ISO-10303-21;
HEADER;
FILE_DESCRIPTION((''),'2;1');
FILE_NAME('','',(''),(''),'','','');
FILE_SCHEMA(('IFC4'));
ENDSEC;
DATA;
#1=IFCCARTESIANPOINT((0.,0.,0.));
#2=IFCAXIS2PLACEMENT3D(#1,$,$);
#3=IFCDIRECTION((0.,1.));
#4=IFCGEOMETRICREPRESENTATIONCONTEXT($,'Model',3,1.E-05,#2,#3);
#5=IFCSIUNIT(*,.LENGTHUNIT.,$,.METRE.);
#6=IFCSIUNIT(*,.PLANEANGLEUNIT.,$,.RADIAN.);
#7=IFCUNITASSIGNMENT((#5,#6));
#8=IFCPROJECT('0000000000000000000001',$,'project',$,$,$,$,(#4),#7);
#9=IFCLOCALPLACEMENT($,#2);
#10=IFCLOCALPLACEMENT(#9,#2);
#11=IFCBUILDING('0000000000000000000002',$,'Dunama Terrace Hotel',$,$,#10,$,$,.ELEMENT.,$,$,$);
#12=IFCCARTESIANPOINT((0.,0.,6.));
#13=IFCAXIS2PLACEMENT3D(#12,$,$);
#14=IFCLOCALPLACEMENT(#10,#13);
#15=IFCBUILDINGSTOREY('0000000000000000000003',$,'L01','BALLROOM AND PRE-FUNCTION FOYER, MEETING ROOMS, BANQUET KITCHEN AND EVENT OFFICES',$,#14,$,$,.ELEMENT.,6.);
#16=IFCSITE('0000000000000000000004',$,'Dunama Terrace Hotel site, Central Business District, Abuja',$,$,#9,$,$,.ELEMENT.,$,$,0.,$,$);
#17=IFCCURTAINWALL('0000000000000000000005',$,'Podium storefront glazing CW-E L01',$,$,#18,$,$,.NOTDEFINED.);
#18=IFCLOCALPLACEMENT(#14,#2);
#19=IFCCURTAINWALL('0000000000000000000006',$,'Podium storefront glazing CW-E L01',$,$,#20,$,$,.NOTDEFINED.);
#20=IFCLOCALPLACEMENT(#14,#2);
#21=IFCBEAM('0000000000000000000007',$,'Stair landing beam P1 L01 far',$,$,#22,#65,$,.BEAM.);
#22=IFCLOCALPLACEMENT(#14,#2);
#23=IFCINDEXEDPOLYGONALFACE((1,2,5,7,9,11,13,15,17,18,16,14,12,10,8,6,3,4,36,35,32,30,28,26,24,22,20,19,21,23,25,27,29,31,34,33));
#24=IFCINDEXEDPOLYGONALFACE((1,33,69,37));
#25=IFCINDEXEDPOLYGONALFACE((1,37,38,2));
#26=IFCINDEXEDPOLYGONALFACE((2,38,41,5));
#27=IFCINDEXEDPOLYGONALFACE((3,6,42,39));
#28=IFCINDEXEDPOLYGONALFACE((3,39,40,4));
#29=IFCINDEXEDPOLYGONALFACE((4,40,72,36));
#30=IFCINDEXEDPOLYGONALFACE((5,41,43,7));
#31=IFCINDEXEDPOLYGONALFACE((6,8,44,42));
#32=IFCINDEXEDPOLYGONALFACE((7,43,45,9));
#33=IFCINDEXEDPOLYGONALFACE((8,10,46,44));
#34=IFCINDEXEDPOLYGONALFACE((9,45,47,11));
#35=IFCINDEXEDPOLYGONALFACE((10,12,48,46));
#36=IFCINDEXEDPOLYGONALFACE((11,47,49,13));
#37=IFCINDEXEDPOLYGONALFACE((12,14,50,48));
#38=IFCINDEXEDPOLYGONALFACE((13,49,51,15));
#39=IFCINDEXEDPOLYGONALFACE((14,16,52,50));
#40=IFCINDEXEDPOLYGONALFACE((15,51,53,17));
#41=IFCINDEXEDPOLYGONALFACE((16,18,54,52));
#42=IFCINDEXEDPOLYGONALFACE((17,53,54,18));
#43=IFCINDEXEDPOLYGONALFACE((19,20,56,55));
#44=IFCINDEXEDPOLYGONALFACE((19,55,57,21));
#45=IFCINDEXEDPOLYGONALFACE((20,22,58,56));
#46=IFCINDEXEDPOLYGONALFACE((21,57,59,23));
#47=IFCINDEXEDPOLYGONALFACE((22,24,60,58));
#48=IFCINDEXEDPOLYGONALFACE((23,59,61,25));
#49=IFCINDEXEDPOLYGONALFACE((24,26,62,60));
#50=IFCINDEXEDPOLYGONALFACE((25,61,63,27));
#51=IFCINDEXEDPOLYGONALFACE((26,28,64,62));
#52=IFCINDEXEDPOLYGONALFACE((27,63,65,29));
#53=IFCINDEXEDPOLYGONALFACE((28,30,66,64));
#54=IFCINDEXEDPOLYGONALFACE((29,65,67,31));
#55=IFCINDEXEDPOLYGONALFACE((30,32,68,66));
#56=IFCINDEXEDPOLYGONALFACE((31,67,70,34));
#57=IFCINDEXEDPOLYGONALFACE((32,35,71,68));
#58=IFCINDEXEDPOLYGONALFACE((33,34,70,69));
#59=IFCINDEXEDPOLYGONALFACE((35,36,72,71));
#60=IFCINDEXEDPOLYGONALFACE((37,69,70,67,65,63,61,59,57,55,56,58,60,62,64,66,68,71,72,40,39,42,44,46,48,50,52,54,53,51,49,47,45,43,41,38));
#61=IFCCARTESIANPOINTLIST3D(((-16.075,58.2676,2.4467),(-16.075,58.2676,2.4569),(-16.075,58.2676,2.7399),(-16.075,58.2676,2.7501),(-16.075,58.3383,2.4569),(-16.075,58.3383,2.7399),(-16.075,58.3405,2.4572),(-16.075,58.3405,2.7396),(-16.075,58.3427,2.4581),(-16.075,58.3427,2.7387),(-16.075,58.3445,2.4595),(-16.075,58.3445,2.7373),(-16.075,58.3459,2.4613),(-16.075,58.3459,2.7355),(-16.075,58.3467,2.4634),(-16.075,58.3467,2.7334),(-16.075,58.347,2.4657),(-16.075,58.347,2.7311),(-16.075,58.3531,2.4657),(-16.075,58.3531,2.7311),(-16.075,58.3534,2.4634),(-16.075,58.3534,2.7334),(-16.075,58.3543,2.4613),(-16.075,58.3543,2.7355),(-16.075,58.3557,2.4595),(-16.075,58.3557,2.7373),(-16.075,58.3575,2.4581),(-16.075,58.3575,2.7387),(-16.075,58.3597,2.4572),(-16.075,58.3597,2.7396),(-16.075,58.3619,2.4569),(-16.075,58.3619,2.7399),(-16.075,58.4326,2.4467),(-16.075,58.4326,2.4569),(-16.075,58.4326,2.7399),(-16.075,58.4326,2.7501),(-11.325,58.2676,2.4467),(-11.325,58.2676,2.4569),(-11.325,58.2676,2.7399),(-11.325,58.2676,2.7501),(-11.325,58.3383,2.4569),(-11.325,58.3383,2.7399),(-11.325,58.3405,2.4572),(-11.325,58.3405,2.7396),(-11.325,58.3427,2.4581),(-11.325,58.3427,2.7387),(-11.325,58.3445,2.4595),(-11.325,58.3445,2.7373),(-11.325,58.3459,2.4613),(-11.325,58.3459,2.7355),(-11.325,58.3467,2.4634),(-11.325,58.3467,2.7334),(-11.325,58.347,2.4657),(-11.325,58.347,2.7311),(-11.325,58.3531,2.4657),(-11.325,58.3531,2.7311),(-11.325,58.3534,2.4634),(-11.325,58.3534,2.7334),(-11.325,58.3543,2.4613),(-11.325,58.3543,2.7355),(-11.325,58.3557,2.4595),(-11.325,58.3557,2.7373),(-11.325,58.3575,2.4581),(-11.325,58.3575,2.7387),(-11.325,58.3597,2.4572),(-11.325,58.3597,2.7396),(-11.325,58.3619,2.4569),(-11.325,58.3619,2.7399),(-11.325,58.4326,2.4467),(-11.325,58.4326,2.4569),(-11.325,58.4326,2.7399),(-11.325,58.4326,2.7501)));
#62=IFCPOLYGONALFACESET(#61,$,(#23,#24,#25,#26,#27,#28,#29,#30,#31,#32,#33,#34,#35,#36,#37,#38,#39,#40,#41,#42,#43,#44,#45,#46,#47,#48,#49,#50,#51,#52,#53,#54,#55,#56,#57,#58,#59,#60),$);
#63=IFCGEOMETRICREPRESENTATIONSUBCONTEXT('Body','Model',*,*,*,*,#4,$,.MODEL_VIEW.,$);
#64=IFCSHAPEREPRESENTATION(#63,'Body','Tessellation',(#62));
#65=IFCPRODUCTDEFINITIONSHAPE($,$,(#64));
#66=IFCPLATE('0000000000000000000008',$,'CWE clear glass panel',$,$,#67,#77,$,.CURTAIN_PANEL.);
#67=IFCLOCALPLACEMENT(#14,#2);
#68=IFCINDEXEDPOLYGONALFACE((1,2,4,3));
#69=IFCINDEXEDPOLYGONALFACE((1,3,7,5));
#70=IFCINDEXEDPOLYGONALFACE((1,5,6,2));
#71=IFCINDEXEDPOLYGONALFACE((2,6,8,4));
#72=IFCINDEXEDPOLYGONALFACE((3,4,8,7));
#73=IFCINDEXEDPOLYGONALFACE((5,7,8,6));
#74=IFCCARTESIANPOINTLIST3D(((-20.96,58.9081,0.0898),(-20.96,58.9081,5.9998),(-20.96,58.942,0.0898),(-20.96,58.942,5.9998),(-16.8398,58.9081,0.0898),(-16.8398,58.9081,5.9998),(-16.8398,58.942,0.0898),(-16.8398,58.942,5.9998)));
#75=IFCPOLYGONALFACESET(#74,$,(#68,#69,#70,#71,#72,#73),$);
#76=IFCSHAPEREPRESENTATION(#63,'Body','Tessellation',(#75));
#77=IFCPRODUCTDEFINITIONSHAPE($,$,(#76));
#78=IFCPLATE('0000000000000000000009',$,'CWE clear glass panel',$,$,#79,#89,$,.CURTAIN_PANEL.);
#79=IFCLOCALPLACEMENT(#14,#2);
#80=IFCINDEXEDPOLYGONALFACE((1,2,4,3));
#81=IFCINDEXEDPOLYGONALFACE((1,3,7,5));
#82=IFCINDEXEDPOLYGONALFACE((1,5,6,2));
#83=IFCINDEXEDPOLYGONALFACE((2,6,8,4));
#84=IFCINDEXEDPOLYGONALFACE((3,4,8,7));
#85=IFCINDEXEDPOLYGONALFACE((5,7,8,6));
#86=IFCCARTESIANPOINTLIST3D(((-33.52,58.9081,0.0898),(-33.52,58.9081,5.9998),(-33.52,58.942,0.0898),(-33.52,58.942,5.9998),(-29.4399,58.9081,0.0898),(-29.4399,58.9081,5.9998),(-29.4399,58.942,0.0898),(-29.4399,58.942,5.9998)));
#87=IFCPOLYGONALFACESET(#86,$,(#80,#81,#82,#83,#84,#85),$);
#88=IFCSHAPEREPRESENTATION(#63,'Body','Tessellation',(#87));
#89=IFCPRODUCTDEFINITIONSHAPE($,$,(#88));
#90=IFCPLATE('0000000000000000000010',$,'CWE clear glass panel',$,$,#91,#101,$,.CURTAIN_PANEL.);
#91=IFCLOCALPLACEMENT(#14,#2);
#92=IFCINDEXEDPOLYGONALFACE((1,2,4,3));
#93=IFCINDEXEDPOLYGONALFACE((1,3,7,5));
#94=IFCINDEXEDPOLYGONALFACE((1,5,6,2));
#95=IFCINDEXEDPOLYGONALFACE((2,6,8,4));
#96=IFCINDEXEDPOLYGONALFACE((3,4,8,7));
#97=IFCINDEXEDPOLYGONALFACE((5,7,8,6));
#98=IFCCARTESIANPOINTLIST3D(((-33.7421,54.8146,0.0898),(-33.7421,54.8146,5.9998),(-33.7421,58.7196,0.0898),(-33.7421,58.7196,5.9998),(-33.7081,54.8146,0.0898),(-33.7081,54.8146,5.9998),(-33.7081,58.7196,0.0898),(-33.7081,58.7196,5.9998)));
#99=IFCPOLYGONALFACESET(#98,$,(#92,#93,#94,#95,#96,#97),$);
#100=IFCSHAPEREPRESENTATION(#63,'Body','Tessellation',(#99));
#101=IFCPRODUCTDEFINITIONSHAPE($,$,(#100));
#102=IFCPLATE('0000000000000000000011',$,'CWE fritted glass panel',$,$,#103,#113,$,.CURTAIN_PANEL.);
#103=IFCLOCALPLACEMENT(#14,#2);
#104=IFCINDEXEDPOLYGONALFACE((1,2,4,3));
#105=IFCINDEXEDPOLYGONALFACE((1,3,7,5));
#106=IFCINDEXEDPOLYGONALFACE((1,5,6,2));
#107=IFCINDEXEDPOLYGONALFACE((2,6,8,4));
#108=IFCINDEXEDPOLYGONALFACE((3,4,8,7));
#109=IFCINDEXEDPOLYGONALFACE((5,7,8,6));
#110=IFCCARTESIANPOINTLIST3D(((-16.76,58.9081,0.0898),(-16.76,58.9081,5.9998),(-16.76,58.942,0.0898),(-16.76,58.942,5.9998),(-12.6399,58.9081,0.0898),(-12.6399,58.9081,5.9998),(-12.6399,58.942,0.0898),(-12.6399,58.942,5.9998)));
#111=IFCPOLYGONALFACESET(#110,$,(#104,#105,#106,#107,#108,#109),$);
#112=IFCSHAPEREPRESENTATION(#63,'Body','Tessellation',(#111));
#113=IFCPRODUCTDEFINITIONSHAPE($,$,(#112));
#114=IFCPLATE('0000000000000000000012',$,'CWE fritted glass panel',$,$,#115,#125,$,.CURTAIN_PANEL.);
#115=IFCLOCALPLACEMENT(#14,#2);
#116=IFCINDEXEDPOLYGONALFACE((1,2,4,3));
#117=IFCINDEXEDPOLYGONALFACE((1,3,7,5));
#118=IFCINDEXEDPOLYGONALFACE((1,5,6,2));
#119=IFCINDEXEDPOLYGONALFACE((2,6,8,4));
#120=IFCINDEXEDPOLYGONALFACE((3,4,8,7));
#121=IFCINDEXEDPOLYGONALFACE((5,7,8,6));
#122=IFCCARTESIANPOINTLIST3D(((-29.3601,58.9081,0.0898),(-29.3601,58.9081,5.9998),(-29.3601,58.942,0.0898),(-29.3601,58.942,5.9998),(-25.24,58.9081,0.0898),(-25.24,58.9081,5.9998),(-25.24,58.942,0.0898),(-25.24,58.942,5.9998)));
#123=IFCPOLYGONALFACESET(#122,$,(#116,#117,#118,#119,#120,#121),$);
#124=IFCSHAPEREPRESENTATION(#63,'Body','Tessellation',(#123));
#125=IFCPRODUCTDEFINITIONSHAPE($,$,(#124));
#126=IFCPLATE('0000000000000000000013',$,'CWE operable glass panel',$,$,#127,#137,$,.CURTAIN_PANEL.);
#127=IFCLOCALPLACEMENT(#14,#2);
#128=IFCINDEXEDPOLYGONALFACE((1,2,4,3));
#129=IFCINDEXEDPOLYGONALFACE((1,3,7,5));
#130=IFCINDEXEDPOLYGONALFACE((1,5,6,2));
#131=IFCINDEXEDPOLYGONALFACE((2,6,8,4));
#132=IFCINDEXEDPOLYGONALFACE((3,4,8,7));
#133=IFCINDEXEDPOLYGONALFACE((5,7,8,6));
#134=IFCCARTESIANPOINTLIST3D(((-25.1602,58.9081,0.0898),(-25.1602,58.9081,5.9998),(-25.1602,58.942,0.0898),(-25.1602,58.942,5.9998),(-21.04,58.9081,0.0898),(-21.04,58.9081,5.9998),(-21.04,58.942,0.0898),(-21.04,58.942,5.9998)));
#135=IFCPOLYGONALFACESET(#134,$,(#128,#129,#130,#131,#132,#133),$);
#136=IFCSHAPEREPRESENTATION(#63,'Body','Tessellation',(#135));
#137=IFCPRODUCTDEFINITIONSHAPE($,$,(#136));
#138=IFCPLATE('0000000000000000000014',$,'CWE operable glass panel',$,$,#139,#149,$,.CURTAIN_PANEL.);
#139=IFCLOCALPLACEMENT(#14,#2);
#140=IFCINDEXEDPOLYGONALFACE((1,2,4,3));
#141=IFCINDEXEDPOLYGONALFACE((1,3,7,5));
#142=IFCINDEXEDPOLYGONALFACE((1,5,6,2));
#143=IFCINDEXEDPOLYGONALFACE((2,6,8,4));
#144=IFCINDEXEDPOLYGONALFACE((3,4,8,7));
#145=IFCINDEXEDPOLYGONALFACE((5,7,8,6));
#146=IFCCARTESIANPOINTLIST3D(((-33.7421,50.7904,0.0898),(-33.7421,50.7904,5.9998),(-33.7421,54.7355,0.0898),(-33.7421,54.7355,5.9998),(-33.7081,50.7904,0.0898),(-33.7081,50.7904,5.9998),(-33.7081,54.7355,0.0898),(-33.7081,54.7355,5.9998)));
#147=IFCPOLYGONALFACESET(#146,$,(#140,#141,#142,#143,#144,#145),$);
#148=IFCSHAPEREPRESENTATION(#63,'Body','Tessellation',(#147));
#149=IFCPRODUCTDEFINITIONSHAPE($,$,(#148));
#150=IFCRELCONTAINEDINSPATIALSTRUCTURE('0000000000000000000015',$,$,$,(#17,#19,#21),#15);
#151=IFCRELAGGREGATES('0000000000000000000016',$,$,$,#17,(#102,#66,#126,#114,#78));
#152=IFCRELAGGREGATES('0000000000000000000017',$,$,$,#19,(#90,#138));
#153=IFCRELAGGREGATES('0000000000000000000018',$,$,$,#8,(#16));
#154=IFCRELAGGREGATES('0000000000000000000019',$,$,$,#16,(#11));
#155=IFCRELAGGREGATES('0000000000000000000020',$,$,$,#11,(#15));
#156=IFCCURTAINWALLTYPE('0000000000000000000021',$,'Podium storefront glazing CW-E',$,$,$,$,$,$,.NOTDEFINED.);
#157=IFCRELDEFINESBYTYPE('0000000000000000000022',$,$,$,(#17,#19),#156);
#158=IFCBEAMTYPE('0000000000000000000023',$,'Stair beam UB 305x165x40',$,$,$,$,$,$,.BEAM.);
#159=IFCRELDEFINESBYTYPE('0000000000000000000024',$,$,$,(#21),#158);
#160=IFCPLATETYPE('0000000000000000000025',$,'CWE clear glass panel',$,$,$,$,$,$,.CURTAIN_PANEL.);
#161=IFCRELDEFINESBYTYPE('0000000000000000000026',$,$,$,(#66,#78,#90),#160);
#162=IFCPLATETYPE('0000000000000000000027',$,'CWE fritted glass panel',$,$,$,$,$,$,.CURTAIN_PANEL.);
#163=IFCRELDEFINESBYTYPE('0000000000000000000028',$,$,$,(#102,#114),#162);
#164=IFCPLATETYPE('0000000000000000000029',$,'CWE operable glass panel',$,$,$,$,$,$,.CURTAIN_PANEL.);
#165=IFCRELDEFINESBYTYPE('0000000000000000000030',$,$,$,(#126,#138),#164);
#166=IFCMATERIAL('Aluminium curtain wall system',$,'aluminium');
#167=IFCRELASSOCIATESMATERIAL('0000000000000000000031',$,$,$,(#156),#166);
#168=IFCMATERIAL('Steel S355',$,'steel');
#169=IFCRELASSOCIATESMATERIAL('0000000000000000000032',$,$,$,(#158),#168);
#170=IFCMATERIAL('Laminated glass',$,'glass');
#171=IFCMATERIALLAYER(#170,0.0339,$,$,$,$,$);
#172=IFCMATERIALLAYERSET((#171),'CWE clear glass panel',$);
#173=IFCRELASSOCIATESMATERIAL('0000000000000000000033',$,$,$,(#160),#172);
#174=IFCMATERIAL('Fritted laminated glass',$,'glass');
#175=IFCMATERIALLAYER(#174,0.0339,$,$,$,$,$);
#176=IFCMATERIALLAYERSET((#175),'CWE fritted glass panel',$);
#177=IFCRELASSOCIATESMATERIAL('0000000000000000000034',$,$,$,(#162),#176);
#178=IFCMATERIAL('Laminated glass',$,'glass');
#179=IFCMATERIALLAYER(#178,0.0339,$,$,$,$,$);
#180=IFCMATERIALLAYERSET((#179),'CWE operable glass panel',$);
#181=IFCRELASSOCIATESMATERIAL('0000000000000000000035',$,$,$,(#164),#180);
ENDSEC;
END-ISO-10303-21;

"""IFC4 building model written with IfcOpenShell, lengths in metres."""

from ifc_helpers import new_model, si_unit, direction, frame, origin, origin_2d, place, context, subcontext, project, spatial, rectangle, i_section, extrude, material, layer, layer_set, material_profile, profile_set, type_object, element, aggregate, save


model = new_model("IFC4")

# Units and contexts
model_context = context("Model", 3, precision=1e-05, world=origin(), true_north=direction((0.0, 1.0)))
body_context = subcontext(model_context, "Body", "Model", "MODEL_VIEW")
ifc_project = project(units=[si_unit("LENGTHUNIT", "METRE"), si_unit("PLANEANGLEUNIT", "RADIAN")], contexts=[model_context])

# Site, building, storey
site_placement = place(None, origin())
site = spatial("IfcSite", under=ifc_project, at=site_placement, Name="Dunama Terrace Hotel site, Central Business District, Abuja", CompositionType="ELEMENT", RefElevation=0.0)
building_placement = place(site_placement, origin())
building = spatial("IfcBuilding", under=site, at=building_placement, Name="Dunama Terrace Hotel", CompositionType="ELEMENT")
storey_placement = place(building_placement, frame((0.0, 0.0, 6.0)))
storey = spatial("IfcBuildingStorey", under=building, at=storey_placement, Name="L01", Description="BALLROOM AND PRE-FUNCTION FOYER, MEETING ROOMS, BANQUET KITCHEN AND EVENT OFFICES", CompositionType="ELEMENT", Elevation=6.0)

# Curtain walls
ifc_material_1 = material(Name="Aluminium curtain wall system", Category="aluminium")
curtain_wall_type = type_object("IfcCurtainWallType", Name="Podium storefront glazing CW-E", PredefinedType="NOTDEFINED", material=ifc_material_1)
curtain_wall_1_placement = place(storey_placement, origin())
curtain_wall_1 = element("IfcCurtainWall", 1, at=curtain_wall_1_placement, inside=storey, type_object=curtain_wall_type, Name="Podium storefront glazing CW-E L01", PredefinedType="NOTDEFINED")
curtain_wall_2_placement = place(storey_placement, origin())
curtain_wall_2 = element("IfcCurtainWall", 2, at=curtain_wall_2_placement, inside=storey, type_object=curtain_wall_type, Name="Podium storefront glazing CW-E L01", PredefinedType="NOTDEFINED")

# Beam
ifc_material_2 = material(Name="Steel S355", Category="steel")
ifc_material_profile_1 = material_profile(ifc_material_2, i_section(OverallWidth=0.165, OverallDepth=0.3035, WebThickness=0.0061, FlangeThickness=0.0103, FilletRadius=0.0088, at=origin_2d()), Name="UB 305x165x40")
ifc_profile_set_1 = profile_set([ifc_material_profile_1], Name="Steel S355")
beam_type = type_object("IfcBeamType", Name="Stair beam UB 305x165x40", PredefinedType="BEAM", material=ifc_profile_set_1)
for number, where, z_axis, x_axis, name in (
    (3, (-16.075, 58.3501, 2.5984), (1.0, 0.0, 0.0), (0.0, 1.0, 0.0), "Stair landing beam P1 L01 far"),
):
    element("IfcBeam", number, at=place(storey_placement, frame(where, z_axis=z_axis, x_axis=x_axis)), inside=storey, type_object=beam_type, Name=name, PredefinedType="BEAM", context=body_context, shape_type="SweptSolid", body=[
        extrude(i_section(OverallWidth=0.165, OverallDepth=0.3035, WebThickness=0.0061, FlangeThickness=0.0103, FilletRadius=0.0088, at=origin_2d()), origin(), (0.0, 0.0, 1.0), 4.75),
    ])

# Plates
ifc_material_3 = material(Name="Laminated glass", Category="glass")
ifc_layer_1 = layer(ifc_material_3, 0.0339)
ifc_layer_set_1 = layer_set([ifc_layer_1], Name="CWE clear glass panel")
plate_type_1 = type_object("IfcPlateType", Name="CWE clear glass panel", PredefinedType="CURTAIN_PANEL", material=ifc_layer_set_1)
plate_1_placement = place(storey_placement, frame((-18.8999, 58.925, 0.0898), z_axis=(0.0, 0.0, 1.0), x_axis=(-1.0, 0.0, 0.0)))
plate_1 = element("IfcPlate", 4, at=plate_1_placement, type_object=plate_type_1, Name="CWE clear glass panel", PredefinedType="CURTAIN_PANEL", context=body_context, shape_type="SweptSolid", body=[
    extrude(rectangle(XDim=4.1201, YDim=0.0339, at=origin_2d()), origin(), (0.0, 0.0, 1.0), 5.9099),
])
plate_2_placement = place(storey_placement, frame((-31.48, 58.925, 0.0898), z_axis=(0.0, 0.0, 1.0), x_axis=(-1.0, 0.0, 0.0)))
plate_2 = element("IfcPlate", 5, at=plate_2_placement, type_object=plate_type_1, Name="CWE clear glass panel", PredefinedType="CURTAIN_PANEL", context=body_context, shape_type="SweptSolid", body=[
    extrude(rectangle(XDim=4.0801, YDim=0.0339, at=origin_2d()), origin(), (0.0, 0.0, 1.0), 5.9099),
])
plate_3_placement = place(storey_placement, frame((-33.7251, 56.7671, 0.0898), z_axis=(0.0, 0.0, 1.0), x_axis=(0.0, -1.0, 0.0)))
plate_3 = element("IfcPlate", 6, at=plate_3_placement, type_object=plate_type_1, Name="CWE clear glass panel", PredefinedType="CURTAIN_PANEL", context=body_context, shape_type="SweptSolid", body=[
    extrude(rectangle(XDim=3.905, YDim=0.0339, at=origin_2d()), origin(), (0.0, 0.0, 1.0), 5.9099),
])
ifc_material_4 = material(Name="Fritted laminated glass", Category="glass")
ifc_layer_2 = layer(ifc_material_4, 0.0339)
ifc_layer_set_2 = layer_set([ifc_layer_2], Name="CWE fritted glass panel")
plate_type_2 = type_object("IfcPlateType", Name="CWE fritted glass panel", PredefinedType="CURTAIN_PANEL", material=ifc_layer_set_2)
plate_4_placement = place(storey_placement, frame((-14.7, 58.925, 0.0898), z_axis=(0.0, 0.0, 1.0), x_axis=(-1.0, 0.0, 0.0)))
plate_4 = element("IfcPlate", 7, at=plate_4_placement, type_object=plate_type_2, Name="CWE fritted glass panel", PredefinedType="CURTAIN_PANEL", context=body_context, shape_type="SweptSolid", body=[
    extrude(rectangle(XDim=4.1201, YDim=0.0339, at=origin_2d()), origin(), (0.0, 0.0, 1.0), 5.9099),
])
plate_5_placement = place(storey_placement, frame((-27.3, 58.925, 0.0898), z_axis=(0.0, 0.0, 1.0), x_axis=(-1.0, 0.0, 0.0)))
plate_5 = element("IfcPlate", 8, at=plate_5_placement, type_object=plate_type_2, Name="CWE fritted glass panel", PredefinedType="CURTAIN_PANEL", context=body_context, shape_type="SweptSolid", body=[
    extrude(rectangle(XDim=4.1201, YDim=0.0339, at=origin_2d()), origin(), (0.0, 0.0, 1.0), 5.9099),
])
ifc_material_5 = material(Name="Laminated glass", Category="glass")
ifc_layer_3 = layer(ifc_material_5, 0.0339)
ifc_layer_set_3 = layer_set([ifc_layer_3], Name="CWE operable glass panel")
plate_type_3 = type_object("IfcPlateType", Name="CWE operable glass panel", PredefinedType="CURTAIN_PANEL", material=ifc_layer_set_3)
plate_6_placement = place(storey_placement, frame((-23.1001, 58.925, 0.0898), z_axis=(0.0, 0.0, 1.0), x_axis=(-1.0, 0.0, 0.0)))
plate_6 = element("IfcPlate", 9, at=plate_6_placement, type_object=plate_type_3, Name="CWE operable glass panel", PredefinedType="CURTAIN_PANEL", context=body_context, shape_type="SweptSolid", body=[
    extrude(rectangle(XDim=4.1201, YDim=0.0339, at=origin_2d()), origin(), (0.0, 0.0, 1.0), 5.9099),
])
aggregate(curtain_wall_1, [plate_4, plate_1, plate_6, plate_5, plate_2])
plate_7_placement = place(storey_placement, frame((-33.7251, 52.7629, 0.0898), z_axis=(0.0, 0.0, 1.0), x_axis=(0.0, -1.0, 0.0)))
plate_7 = element("IfcPlate", 10, at=plate_7_placement, type_object=plate_type_3, Name="CWE operable glass panel", PredefinedType="CURTAIN_PANEL", context=body_context, shape_type="SweptSolid", body=[
    extrude(rectangle(XDim=3.9451, YDim=0.0339, at=origin_2d()), origin(), (0.0, 0.0, 1.0), 5.9099),
])
aggregate(curtain_wall_2, [plate_3, plate_7])

save(model, "model.ifc")
